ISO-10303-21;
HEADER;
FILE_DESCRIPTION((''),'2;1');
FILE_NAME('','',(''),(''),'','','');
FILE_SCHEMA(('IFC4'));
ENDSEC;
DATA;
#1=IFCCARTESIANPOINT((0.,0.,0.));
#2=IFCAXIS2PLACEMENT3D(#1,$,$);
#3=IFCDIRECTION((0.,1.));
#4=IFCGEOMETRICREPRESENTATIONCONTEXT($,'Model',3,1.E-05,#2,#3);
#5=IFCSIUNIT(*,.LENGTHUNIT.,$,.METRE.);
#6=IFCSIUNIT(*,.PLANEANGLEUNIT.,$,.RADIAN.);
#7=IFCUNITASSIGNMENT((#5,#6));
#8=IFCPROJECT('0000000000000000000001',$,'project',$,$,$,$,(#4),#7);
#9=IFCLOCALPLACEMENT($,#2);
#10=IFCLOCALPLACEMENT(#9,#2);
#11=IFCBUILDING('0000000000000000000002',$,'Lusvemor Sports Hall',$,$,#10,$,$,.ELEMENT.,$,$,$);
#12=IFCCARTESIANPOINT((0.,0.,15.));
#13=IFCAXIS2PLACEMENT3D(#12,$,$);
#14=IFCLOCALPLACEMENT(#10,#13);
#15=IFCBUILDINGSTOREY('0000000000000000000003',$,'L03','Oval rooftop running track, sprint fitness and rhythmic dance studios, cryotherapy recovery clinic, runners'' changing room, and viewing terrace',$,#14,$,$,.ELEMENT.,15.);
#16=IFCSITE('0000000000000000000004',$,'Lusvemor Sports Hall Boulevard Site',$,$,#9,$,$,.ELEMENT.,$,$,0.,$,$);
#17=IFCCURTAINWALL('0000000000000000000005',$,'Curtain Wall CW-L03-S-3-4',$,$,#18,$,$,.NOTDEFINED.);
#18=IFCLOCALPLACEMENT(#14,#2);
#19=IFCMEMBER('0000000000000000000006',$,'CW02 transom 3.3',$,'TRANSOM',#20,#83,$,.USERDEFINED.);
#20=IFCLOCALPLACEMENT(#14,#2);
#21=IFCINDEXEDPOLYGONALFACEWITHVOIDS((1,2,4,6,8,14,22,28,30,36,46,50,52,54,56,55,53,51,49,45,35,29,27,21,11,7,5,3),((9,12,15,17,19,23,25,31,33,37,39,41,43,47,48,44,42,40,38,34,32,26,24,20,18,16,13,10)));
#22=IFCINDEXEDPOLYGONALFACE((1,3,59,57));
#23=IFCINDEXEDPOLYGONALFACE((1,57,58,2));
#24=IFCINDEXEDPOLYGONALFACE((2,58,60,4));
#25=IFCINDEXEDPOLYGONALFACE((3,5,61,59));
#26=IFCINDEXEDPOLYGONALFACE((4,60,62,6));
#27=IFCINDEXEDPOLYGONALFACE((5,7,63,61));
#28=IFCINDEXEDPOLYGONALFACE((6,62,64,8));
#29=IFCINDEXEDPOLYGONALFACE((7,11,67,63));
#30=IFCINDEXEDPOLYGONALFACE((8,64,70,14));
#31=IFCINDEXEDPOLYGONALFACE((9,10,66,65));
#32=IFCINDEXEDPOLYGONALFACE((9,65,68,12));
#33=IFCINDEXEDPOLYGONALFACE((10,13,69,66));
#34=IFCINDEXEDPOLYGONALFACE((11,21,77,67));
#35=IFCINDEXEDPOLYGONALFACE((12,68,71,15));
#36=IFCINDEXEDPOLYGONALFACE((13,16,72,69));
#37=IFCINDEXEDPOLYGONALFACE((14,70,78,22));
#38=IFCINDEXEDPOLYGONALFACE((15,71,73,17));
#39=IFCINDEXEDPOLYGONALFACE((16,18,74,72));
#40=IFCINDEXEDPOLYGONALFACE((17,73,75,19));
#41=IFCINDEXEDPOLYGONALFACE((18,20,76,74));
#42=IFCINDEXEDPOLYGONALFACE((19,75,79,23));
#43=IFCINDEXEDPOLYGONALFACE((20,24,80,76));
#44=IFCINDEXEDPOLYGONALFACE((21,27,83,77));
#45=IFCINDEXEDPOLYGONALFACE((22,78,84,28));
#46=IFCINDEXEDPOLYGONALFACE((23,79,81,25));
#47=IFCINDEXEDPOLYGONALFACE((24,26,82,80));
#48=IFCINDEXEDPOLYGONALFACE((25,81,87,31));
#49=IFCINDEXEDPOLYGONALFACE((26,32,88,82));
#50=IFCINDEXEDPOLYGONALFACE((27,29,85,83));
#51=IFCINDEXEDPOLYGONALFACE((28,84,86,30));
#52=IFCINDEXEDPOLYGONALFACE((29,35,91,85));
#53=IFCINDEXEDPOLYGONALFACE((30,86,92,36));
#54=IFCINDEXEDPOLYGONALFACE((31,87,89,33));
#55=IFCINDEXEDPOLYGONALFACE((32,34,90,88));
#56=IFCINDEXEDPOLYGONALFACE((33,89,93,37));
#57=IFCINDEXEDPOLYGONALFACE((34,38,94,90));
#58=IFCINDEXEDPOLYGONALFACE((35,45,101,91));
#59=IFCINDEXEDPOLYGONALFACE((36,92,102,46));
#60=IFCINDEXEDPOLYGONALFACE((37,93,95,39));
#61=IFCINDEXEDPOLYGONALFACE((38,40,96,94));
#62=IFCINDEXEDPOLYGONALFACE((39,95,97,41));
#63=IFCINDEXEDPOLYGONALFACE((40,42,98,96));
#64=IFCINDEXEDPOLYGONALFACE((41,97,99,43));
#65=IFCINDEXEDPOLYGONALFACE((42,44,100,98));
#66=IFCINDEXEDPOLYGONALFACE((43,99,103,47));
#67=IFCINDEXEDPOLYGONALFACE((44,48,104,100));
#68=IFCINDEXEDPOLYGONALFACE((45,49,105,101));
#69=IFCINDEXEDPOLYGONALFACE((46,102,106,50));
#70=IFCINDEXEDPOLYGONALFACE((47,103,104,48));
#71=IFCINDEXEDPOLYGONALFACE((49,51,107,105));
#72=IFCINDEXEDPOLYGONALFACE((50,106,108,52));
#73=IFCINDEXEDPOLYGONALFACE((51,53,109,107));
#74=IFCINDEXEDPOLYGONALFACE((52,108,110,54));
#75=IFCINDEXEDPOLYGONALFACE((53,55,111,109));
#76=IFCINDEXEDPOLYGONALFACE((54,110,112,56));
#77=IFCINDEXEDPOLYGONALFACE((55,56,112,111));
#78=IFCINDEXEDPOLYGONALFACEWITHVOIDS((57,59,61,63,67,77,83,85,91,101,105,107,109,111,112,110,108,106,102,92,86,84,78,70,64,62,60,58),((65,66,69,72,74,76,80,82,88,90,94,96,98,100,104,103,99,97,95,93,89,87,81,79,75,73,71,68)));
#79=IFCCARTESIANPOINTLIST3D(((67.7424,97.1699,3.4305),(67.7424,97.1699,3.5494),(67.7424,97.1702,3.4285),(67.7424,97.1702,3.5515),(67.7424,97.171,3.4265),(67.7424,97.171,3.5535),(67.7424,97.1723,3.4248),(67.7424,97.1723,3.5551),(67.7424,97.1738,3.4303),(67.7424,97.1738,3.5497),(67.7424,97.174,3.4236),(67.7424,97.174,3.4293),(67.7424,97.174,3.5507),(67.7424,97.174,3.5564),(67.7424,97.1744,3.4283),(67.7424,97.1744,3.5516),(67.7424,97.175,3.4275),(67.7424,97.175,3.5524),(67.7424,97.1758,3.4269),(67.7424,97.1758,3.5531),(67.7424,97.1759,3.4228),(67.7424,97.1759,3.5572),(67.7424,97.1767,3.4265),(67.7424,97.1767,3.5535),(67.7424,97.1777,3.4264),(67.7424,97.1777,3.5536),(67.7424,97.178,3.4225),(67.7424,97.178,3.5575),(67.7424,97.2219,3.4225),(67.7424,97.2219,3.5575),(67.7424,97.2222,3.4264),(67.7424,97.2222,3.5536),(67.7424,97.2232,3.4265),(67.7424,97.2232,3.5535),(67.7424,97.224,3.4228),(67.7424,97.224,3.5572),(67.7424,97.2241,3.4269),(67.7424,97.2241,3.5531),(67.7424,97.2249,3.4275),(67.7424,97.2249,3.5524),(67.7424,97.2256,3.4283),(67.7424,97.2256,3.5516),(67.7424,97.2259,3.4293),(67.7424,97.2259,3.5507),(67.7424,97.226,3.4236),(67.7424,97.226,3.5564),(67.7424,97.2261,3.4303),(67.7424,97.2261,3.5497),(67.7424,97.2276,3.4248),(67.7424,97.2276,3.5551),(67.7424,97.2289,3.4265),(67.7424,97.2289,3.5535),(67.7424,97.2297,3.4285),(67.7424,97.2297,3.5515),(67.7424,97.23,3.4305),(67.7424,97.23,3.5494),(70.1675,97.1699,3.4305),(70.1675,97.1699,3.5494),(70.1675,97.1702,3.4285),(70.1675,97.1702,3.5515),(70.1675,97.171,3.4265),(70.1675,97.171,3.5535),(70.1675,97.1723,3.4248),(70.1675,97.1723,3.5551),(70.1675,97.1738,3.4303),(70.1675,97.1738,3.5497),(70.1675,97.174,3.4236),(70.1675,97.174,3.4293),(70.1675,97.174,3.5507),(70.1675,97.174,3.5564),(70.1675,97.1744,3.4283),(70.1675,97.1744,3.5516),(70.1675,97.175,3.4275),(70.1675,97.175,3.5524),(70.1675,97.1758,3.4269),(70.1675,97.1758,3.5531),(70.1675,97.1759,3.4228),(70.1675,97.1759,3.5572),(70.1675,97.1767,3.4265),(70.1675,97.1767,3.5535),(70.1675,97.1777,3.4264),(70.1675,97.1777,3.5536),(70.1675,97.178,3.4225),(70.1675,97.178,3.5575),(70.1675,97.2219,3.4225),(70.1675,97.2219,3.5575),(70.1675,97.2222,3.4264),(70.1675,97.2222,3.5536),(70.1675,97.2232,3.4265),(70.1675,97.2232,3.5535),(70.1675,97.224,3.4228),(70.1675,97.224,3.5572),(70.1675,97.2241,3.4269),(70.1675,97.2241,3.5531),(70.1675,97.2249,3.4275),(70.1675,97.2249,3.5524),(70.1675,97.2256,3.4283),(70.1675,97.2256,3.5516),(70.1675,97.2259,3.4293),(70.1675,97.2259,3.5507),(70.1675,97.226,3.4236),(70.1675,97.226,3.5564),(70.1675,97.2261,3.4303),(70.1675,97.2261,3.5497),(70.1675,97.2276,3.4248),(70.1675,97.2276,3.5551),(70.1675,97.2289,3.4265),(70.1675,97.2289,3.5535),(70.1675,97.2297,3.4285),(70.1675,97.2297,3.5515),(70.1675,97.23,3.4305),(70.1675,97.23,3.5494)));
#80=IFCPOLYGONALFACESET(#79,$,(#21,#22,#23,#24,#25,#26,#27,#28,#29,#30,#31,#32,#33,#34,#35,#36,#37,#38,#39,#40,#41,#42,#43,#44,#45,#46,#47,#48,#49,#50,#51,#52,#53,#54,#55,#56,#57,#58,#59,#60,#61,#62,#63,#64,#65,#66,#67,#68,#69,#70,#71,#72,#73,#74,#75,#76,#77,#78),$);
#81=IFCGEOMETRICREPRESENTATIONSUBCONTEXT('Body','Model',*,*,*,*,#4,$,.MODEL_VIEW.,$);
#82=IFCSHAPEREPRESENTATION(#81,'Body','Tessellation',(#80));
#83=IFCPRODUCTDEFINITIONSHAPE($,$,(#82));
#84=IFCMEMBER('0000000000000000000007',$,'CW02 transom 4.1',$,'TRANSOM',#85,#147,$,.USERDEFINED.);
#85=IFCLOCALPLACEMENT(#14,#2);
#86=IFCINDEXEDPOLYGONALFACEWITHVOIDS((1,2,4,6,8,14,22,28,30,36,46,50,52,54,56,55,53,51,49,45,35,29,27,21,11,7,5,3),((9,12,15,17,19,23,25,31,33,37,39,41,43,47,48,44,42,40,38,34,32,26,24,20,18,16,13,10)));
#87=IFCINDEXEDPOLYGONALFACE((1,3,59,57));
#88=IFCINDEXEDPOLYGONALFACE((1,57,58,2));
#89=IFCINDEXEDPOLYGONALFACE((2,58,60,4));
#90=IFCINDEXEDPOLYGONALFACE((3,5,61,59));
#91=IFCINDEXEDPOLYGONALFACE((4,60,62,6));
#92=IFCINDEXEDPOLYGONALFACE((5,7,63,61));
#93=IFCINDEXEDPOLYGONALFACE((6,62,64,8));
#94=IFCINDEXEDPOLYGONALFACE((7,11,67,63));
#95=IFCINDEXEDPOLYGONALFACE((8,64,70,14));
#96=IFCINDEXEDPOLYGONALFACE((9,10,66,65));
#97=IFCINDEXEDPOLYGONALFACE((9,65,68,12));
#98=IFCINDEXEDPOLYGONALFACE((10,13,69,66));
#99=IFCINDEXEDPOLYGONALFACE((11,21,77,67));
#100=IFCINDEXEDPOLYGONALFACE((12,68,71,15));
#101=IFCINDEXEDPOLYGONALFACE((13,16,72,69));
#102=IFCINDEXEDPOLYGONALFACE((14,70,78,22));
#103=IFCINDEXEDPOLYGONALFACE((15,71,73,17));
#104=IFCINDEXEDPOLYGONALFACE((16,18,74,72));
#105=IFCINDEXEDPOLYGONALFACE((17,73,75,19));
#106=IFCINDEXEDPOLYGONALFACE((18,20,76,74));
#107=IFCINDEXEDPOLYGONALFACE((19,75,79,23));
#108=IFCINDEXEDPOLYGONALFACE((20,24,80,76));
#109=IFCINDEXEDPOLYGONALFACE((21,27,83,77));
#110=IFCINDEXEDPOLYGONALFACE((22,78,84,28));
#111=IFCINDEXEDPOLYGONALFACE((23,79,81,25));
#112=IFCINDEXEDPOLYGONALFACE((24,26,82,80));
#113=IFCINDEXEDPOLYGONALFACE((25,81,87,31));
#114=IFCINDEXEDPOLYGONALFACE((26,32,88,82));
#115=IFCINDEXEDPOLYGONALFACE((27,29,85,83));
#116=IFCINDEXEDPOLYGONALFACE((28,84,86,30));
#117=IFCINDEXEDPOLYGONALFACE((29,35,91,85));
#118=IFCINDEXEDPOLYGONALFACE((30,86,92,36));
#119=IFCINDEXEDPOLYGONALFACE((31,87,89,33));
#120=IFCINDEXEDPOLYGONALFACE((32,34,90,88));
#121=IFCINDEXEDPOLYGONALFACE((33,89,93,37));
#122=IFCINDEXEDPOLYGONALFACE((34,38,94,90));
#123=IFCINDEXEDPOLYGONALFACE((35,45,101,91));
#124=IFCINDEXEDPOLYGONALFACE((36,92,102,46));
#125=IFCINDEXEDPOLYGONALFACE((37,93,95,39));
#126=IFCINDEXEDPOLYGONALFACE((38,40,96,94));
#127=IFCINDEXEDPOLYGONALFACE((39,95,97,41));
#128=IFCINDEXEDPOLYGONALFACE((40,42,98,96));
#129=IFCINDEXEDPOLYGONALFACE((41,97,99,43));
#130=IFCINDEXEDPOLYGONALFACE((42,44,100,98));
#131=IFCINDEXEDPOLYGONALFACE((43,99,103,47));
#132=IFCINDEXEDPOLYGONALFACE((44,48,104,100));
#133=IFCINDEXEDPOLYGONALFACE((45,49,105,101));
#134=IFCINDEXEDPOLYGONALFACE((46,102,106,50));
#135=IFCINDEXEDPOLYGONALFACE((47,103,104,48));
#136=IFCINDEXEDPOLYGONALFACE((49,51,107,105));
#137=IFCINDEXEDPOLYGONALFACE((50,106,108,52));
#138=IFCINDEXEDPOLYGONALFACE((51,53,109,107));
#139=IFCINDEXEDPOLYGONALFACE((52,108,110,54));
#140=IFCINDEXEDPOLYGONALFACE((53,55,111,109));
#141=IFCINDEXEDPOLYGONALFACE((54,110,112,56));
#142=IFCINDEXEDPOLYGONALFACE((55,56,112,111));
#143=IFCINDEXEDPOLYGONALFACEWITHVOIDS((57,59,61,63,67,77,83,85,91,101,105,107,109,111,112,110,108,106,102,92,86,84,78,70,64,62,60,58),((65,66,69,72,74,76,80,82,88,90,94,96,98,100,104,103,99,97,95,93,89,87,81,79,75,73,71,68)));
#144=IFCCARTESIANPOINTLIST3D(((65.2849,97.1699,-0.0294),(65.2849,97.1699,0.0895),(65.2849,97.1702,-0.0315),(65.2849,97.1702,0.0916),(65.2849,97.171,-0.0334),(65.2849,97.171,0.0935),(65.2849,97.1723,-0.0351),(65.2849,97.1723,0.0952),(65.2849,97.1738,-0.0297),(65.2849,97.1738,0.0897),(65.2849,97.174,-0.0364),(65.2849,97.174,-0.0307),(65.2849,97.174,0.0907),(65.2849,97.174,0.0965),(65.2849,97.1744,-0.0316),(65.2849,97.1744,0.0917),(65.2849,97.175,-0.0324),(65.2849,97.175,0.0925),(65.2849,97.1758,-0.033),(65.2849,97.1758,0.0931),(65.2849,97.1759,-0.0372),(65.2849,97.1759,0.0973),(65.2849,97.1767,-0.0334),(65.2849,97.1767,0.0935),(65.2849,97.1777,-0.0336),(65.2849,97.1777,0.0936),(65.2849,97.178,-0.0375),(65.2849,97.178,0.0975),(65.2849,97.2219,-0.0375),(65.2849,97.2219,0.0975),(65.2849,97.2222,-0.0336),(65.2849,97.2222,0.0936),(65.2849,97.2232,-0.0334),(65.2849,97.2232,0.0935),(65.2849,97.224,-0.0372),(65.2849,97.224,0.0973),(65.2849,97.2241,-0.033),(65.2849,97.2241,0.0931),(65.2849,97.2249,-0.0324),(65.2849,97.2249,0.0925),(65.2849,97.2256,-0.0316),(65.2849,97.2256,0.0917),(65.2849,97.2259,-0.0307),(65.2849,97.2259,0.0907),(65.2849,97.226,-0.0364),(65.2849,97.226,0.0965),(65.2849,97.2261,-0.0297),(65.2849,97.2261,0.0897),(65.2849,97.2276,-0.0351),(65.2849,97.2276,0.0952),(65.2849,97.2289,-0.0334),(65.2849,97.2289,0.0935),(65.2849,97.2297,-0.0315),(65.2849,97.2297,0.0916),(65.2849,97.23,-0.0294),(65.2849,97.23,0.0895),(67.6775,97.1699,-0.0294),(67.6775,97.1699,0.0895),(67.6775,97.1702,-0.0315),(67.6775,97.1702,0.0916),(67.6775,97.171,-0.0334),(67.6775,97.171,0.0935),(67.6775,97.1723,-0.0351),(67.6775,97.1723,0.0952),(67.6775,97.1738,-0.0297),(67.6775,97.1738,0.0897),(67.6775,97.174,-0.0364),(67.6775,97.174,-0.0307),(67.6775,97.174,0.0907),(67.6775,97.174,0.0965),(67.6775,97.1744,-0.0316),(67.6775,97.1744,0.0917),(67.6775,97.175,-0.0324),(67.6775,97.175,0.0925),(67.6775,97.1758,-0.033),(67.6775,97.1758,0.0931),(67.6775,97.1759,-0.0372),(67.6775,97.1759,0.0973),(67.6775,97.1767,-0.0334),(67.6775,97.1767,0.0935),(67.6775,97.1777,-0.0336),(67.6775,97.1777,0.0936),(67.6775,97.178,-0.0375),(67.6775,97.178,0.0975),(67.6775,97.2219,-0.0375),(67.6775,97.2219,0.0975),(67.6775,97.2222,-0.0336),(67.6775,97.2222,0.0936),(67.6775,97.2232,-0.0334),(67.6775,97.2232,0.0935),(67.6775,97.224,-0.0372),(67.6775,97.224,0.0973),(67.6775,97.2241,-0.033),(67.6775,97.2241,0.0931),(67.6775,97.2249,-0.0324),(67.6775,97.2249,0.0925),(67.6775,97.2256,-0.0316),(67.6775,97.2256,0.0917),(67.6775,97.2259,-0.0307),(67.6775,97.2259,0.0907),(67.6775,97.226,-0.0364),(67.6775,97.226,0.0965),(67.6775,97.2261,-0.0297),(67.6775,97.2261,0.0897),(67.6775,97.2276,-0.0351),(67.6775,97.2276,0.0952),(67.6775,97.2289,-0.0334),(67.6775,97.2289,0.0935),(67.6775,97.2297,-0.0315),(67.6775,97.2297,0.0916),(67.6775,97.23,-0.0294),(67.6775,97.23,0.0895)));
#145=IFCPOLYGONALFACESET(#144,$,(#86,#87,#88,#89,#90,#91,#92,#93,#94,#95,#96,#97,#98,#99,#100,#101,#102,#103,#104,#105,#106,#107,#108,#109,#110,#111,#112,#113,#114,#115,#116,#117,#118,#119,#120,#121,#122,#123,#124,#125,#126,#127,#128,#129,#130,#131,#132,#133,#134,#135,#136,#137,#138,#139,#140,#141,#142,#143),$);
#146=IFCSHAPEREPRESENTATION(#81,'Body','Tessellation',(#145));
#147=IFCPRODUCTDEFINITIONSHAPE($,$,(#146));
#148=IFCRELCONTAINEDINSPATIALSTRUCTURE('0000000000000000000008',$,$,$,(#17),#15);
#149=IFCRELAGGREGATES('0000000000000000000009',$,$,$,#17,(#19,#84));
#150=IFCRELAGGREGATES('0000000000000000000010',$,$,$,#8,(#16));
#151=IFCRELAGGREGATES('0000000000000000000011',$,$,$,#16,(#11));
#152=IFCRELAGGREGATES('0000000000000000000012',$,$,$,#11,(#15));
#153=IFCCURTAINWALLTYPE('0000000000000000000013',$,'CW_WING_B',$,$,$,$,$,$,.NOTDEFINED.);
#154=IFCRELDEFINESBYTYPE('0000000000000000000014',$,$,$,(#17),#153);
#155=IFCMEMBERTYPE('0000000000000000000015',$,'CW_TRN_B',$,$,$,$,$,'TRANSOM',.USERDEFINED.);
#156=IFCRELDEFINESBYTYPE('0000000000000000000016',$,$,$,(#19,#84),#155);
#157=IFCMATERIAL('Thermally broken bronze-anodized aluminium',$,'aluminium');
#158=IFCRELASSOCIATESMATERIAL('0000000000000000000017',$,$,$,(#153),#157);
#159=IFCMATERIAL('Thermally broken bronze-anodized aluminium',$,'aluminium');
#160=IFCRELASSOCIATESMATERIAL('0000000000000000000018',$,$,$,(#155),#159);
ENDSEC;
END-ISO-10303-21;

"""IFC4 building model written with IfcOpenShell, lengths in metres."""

from ifc_helpers import new_model, si_unit, direction, frame, origin, origin_2d, place, context, subcontext, project, spatial, hollow_rectangle, extrude, material, material_profile, profile_set, type_object, element, aggregate, save


model = new_model("IFC4")

# Units and contexts
model_context = context("Model", 3, precision=1e-05, world=origin(), true_north=direction((0.0, 1.0)))
body_context = subcontext(model_context, "Body", "Model", "MODEL_VIEW")
ifc_project = project(units=[si_unit("LENGTHUNIT", "METRE"), si_unit("PLANEANGLEUNIT", "RADIAN")], contexts=[model_context])

# Site, building, storey
site_placement = place(None, origin())
site = spatial("IfcSite", under=ifc_project, at=site_placement, Name="Lusvemor Sports Hall Boulevard Site", CompositionType="ELEMENT", RefElevation=0.0)
building_placement = place(site_placement, origin())
building = spatial("IfcBuilding", under=site, at=building_placement, Name="Lusvemor Sports Hall", CompositionType="ELEMENT")
storey_placement = place(building_placement, frame((0.0, 0.0, 15.0)))
storey = spatial("IfcBuildingStorey", under=building, at=storey_placement, Name="L03", Description="Oval rooftop running track, sprint fitness and rhythmic dance studios, cryotherapy recovery clinic, runners' changing room, and viewing terrace", CompositionType="ELEMENT", Elevation=15.0)

# Curtain wall, members
ifc_material_1 = material(Name="Thermally broken bronze-anodized aluminium", Category="aluminium")
curtain_wall_type = type_object("IfcCurtainWallType", Name="CW_WING_B", PredefinedType="NOTDEFINED", material=ifc_material_1)
curtain_wall_placement = place(storey_placement, origin())
curtain_wall = element("IfcCurtainWall", 1, at=curtain_wall_placement, inside=storey, type_object=curtain_wall_type, Name="Curtain Wall CW-L03-S-3-4", PredefinedType="NOTDEFINED")
ifc_material_2 = material(Name="Thermally broken bronze-anodized aluminium", Category="aluminium")
ifc_material_profile_1 = material_profile(ifc_material_2, hollow_rectangle(XDim=0.0601, YDim=0.135, WallThickness=0.0039, InnerFilletRadius=0.0039, OuterFilletRadius=0.0081, at=origin_2d()), Name="CWTRN135x60x4")
ifc_profile_set_1 = profile_set([ifc_material_profile_1], Name="Thermally broken bronze-anodized aluminium")
member_type_1 = type_object("IfcMemberType", Name="CW_TRN_B", ElementType="TRANSOM", PredefinedType="USERDEFINED", material=ifc_profile_set_1)
member_1_placement = place(storey_placement, frame((70.1675, 97.2, 3.49), z_axis=(-1.0, 0.0, 0.0), x_axis=(0.0, -1.0, 0.0)))
member_1 = element("IfcMember", 2, at=member_1_placement, type_object=member_type_1, Name="CW02 transom 3.3", ObjectType="TRANSOM", PredefinedType="USERDEFINED", context=body_context, shape_type="SweptSolid", body=[
    extrude(hollow_rectangle(XDim=0.0601, YDim=0.135, WallThickness=0.0039, InnerFilletRadius=0.0039, OuterFilletRadius=0.0081, at=origin_2d()), origin(), (0.0, 0.0, 1.0), 2.425),
])
member_2_placement = place(storey_placement, frame((67.6775, 97.2, 0.03), z_axis=(-1.0, 0.0, 0.0), x_axis=(0.0, -1.0, 0.0)))
member_2 = element("IfcMember", 3, at=member_2_placement, type_object=member_type_1, Name="CW02 transom 4.1", ObjectType="TRANSOM", PredefinedType="USERDEFINED", context=body_context, shape_type="SweptSolid", body=[
    extrude(hollow_rectangle(XDim=0.0601, YDim=0.135, WallThickness=0.0039, InnerFilletRadius=0.0039, OuterFilletRadius=0.0081, at=origin_2d()), origin(), (0.0, 0.0, 1.0), 2.3926),
])

aggregate(curtain_wall, [member_1, member_2])

save(model, "model.ifc")
